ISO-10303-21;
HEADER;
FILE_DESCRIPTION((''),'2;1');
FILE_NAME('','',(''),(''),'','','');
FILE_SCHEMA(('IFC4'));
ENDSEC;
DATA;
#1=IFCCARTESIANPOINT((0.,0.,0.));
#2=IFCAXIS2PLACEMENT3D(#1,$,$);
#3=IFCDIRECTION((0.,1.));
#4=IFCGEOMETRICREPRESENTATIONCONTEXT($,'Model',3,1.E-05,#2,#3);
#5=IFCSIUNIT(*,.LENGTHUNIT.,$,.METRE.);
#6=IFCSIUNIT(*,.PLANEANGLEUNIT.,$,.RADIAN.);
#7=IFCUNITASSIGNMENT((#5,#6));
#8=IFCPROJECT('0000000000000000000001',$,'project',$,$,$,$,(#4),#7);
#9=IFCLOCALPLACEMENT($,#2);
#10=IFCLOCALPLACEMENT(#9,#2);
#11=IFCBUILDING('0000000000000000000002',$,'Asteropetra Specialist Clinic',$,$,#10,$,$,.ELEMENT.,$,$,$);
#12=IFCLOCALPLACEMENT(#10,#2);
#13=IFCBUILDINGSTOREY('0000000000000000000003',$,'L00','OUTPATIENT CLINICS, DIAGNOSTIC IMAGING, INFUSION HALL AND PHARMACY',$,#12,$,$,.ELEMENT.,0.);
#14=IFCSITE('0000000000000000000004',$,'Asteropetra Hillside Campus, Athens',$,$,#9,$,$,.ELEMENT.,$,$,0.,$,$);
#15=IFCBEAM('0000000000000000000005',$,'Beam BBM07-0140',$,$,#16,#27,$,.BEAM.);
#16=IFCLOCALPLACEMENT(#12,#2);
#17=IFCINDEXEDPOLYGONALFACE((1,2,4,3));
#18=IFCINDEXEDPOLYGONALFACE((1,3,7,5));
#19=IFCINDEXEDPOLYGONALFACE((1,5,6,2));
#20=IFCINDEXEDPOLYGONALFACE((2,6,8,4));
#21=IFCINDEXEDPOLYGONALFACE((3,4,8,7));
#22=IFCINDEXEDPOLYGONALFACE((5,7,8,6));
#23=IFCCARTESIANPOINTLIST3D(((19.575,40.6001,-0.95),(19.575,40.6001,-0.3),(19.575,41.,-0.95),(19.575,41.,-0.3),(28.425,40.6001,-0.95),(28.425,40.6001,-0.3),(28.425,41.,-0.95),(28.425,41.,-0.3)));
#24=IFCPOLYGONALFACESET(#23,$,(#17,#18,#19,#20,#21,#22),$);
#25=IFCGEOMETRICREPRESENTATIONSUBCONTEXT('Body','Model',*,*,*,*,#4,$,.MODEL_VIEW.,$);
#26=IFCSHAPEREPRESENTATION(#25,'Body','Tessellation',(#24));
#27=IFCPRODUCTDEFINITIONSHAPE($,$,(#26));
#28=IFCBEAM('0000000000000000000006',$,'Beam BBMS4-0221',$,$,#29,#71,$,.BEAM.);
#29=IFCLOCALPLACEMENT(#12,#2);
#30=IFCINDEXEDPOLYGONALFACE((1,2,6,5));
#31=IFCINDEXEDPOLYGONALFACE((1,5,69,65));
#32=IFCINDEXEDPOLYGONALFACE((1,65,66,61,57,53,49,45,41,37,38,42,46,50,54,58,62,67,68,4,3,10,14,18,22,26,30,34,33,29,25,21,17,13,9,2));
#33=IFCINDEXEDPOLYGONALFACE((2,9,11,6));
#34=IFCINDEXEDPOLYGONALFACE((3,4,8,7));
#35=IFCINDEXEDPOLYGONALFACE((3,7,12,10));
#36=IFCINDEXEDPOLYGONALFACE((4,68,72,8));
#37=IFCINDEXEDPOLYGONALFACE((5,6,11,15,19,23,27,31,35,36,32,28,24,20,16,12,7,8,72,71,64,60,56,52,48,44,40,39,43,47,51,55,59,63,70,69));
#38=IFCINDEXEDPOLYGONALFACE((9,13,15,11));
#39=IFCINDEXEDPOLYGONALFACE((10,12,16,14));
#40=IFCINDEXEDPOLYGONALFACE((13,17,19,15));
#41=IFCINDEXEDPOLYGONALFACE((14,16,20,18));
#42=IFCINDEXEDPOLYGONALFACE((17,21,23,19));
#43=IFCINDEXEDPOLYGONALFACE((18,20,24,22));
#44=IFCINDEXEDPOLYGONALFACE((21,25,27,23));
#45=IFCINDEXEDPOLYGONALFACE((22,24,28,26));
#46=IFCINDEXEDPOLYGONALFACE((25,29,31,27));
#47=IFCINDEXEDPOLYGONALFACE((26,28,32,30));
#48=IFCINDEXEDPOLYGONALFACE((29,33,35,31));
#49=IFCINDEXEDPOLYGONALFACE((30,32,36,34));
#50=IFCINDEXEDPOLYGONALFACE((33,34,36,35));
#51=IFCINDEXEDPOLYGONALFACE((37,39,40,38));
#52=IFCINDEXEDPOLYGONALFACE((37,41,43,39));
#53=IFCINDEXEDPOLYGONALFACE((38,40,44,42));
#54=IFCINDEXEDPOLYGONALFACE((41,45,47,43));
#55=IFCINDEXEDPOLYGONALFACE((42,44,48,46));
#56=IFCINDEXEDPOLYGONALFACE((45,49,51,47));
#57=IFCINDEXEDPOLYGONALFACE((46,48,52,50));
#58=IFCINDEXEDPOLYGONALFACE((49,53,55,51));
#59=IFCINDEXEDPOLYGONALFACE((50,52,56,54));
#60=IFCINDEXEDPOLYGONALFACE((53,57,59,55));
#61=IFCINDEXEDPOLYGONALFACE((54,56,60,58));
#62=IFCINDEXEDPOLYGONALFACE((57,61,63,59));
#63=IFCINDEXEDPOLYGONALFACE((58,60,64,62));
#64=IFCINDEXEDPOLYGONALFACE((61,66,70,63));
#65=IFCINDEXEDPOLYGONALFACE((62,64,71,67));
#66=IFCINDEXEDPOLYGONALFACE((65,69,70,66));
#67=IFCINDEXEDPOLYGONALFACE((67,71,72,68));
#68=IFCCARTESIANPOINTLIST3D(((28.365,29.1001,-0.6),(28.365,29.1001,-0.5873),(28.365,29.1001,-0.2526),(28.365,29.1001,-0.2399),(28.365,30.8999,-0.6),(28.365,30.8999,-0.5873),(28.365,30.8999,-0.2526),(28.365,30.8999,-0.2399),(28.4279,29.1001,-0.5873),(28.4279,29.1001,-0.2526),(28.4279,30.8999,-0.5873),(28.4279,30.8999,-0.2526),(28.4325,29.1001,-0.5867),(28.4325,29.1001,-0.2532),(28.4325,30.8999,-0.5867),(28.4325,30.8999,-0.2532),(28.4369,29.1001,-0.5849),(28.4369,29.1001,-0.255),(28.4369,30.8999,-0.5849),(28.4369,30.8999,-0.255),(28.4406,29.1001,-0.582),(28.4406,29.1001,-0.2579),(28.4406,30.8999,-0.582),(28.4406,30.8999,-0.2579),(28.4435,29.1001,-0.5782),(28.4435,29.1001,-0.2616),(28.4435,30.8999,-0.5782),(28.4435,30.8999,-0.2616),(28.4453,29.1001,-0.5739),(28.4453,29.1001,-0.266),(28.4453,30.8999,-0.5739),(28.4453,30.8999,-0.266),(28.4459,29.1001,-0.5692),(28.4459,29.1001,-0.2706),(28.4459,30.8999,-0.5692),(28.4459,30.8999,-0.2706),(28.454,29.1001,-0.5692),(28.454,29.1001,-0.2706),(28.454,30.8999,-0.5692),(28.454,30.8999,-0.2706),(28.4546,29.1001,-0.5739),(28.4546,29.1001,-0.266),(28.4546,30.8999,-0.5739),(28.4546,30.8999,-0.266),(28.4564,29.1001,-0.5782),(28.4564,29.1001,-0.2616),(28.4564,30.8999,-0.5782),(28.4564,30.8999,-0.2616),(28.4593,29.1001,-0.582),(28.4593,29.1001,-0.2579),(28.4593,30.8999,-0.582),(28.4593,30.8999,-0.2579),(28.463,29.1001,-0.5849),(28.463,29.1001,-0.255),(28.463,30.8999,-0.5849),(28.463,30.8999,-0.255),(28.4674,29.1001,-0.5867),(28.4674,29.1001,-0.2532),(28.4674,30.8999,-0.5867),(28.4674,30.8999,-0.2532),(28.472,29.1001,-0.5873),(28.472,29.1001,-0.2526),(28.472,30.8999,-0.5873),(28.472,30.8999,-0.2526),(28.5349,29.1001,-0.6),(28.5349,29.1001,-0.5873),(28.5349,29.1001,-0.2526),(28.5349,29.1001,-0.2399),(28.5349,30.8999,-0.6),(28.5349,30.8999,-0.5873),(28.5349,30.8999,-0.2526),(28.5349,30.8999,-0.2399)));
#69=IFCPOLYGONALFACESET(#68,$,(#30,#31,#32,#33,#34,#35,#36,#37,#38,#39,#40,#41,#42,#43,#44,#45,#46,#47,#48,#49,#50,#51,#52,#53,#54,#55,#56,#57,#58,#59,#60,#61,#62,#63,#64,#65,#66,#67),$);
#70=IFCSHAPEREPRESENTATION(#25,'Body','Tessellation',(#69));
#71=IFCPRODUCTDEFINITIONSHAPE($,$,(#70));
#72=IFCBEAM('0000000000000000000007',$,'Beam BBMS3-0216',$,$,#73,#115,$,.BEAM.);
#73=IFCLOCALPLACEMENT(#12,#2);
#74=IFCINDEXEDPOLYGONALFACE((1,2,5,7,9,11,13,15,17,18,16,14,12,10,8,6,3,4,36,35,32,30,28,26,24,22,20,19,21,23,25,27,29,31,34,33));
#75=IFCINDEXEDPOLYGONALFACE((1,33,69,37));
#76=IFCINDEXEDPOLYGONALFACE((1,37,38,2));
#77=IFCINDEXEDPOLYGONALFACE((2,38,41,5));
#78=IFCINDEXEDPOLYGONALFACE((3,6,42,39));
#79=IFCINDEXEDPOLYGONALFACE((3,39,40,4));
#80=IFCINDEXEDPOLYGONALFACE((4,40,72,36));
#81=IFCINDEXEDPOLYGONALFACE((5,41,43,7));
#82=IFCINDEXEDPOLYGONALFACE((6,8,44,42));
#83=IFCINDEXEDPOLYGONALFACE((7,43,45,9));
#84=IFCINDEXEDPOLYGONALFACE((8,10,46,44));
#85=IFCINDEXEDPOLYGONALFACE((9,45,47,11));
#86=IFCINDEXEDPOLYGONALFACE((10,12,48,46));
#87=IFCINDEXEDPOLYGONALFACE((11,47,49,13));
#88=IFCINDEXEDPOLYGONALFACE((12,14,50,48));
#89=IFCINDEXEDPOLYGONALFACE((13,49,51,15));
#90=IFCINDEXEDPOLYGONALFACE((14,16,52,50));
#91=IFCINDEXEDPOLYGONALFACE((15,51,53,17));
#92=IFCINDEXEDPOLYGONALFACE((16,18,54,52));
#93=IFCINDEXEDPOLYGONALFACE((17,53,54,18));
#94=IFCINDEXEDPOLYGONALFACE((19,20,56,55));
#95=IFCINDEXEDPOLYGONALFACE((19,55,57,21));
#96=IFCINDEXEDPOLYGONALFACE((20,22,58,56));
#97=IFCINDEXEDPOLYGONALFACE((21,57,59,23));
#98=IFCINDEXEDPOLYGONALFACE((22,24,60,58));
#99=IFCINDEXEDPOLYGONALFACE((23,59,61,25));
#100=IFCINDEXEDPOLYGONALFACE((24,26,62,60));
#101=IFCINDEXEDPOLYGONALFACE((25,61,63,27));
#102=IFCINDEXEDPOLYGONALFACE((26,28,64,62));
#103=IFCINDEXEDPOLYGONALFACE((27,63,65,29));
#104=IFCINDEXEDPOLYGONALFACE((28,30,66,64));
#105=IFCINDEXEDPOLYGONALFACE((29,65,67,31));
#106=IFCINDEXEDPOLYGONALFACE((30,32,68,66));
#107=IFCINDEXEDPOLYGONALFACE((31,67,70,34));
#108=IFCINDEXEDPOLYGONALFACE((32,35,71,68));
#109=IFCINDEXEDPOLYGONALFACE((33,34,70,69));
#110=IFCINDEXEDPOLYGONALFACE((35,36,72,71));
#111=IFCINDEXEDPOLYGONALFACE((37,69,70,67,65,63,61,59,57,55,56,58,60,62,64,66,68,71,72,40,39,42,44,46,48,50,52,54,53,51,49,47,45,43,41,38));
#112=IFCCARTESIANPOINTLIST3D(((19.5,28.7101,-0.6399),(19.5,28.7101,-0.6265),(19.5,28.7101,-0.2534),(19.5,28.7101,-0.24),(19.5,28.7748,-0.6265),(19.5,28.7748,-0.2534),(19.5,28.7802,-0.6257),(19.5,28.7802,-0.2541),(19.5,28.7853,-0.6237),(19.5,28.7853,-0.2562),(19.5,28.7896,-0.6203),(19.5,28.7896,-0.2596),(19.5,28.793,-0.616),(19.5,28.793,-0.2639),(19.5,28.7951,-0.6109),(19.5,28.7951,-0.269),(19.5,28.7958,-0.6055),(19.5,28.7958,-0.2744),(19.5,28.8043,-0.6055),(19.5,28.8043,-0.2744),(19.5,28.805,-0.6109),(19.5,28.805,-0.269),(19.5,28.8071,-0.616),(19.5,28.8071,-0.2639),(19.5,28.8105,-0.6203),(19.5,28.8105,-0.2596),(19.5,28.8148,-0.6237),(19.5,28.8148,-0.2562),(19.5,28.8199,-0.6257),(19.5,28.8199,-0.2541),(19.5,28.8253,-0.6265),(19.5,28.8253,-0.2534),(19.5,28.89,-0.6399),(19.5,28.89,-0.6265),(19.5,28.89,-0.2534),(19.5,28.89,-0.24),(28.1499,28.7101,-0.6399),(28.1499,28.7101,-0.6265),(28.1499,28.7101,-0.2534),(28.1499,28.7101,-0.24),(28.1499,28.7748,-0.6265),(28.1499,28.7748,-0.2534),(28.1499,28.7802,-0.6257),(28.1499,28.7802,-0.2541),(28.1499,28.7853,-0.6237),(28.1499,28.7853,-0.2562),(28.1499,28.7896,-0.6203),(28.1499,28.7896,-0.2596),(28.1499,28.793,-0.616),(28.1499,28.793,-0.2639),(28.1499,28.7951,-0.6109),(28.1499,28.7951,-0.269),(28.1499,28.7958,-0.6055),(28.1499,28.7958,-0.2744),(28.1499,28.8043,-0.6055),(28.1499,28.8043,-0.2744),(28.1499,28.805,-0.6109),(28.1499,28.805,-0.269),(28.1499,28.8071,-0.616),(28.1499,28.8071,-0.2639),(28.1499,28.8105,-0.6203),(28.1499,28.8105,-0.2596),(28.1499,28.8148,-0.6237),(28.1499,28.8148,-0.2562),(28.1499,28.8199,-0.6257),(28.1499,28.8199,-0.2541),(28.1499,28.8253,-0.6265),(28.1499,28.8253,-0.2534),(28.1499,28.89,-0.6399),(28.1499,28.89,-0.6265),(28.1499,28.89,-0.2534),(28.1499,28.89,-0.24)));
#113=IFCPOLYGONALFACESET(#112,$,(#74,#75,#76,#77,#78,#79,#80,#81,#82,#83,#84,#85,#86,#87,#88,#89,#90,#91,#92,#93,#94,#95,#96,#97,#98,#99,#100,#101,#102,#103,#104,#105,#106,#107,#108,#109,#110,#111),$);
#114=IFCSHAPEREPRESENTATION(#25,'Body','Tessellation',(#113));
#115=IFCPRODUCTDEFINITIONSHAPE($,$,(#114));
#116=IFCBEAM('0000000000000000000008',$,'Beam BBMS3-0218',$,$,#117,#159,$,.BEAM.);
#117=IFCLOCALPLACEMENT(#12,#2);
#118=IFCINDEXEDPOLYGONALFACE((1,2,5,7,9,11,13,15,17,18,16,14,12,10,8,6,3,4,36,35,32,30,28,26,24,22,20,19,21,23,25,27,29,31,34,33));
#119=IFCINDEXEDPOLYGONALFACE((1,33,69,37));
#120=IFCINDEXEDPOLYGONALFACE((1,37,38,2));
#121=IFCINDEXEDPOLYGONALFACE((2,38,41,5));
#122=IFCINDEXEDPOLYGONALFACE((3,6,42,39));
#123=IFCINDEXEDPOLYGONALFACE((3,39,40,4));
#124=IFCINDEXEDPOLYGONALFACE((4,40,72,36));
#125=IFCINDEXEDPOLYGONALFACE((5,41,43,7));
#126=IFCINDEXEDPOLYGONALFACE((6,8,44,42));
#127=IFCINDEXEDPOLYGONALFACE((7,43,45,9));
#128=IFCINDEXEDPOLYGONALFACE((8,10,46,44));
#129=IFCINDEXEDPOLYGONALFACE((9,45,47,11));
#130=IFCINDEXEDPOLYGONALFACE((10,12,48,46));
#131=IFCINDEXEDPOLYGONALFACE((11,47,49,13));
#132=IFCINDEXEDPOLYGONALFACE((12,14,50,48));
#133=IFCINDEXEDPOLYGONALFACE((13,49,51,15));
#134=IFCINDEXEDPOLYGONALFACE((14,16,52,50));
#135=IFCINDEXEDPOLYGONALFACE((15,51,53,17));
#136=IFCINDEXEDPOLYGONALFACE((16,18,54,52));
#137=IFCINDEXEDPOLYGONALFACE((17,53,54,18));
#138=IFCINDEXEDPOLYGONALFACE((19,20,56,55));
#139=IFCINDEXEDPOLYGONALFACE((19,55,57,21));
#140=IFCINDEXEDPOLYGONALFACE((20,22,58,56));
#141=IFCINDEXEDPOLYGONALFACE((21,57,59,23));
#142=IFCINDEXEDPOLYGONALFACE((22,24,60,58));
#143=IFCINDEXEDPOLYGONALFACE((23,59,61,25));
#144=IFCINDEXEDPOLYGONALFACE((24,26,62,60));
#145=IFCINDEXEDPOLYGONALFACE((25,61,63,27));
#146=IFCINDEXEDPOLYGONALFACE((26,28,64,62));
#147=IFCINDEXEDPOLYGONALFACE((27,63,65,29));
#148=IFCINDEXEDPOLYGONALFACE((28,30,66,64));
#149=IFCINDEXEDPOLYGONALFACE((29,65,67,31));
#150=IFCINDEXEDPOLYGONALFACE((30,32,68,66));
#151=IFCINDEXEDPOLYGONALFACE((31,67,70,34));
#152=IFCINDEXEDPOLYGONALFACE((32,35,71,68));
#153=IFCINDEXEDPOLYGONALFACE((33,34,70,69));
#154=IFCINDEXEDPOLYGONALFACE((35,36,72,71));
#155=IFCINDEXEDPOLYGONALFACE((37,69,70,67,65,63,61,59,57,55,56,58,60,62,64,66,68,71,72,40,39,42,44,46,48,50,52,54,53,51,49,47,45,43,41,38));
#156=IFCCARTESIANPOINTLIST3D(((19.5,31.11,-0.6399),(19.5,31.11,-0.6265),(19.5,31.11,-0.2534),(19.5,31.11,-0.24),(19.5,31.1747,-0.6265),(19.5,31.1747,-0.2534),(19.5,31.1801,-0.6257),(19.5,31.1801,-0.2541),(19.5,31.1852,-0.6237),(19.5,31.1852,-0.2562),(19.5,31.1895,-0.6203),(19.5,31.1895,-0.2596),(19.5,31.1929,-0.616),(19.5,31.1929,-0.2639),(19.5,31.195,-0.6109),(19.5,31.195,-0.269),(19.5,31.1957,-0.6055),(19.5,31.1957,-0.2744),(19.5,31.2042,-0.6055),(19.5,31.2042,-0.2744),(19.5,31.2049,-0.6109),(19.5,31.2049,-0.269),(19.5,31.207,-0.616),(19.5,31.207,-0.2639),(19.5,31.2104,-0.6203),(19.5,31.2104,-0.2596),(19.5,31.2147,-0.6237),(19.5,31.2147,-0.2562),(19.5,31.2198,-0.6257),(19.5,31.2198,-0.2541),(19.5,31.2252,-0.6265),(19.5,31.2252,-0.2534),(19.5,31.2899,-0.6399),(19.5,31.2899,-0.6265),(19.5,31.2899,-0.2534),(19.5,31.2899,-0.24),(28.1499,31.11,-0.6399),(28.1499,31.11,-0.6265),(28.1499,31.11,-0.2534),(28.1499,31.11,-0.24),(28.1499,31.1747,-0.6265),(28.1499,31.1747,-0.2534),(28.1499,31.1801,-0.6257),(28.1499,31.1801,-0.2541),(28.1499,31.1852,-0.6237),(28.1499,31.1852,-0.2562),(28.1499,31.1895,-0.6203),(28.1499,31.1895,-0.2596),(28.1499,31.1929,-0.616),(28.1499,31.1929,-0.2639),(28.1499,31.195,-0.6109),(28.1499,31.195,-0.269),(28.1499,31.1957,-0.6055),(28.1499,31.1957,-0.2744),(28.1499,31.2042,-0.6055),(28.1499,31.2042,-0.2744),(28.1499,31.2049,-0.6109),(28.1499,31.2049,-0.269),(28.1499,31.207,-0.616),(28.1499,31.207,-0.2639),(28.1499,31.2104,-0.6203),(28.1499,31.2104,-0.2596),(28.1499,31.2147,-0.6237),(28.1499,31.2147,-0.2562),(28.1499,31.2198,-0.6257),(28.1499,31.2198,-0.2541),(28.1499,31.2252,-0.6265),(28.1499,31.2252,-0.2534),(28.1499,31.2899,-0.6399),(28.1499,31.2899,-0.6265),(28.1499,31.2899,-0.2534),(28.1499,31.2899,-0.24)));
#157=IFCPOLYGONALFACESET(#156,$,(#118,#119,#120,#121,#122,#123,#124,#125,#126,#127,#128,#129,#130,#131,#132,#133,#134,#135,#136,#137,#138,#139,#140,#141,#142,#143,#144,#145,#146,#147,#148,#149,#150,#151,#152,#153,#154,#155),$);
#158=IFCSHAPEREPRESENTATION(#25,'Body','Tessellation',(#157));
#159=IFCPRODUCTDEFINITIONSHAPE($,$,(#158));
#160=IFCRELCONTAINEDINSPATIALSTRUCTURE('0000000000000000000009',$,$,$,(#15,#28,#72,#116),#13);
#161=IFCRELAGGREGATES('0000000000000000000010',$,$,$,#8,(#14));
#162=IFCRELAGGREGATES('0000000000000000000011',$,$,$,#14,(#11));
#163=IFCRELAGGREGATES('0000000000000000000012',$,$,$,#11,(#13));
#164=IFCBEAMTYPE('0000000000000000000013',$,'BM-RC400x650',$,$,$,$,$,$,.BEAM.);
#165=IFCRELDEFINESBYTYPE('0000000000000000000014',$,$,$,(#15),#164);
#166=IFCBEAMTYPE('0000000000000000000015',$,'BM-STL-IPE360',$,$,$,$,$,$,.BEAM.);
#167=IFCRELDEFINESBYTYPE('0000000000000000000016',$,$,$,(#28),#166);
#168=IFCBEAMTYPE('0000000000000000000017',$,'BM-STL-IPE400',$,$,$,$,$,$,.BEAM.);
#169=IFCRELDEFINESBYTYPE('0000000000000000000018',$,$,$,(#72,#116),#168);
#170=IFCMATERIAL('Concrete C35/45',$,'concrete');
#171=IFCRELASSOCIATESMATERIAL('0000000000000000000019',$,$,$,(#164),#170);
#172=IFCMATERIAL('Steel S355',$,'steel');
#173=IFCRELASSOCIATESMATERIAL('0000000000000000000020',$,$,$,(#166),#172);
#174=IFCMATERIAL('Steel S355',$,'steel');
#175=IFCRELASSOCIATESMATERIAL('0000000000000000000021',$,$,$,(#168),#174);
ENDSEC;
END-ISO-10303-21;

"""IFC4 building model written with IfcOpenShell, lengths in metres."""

from ifc_helpers import new_model, si_unit, direction, frame, origin, origin_2d, place, context, subcontext, project, spatial, rectangle, i_section, extrude, material, material_profile, profile_set, type_object, element, save


model = new_model("IFC4")

# Units and contexts
model_context = context("Model", 3, precision=1e-05, world=origin(), true_north=direction((0.0, 1.0)))
body_context = subcontext(model_context, "Body", "Model", "MODEL_VIEW")
ifc_project = project(units=[si_unit("LENGTHUNIT", "METRE"), si_unit("PLANEANGLEUNIT", "RADIAN")], contexts=[model_context])

# Site, building, storey
site_placement = place(None, origin())
site = spatial("IfcSite", under=ifc_project, at=site_placement, Name="Asteropetra Hillside Campus, Athens", CompositionType="ELEMENT", RefElevation=0.0)
building_placement = place(site_placement, origin())
building = spatial("IfcBuilding", under=site, at=building_placement, Name="Asteropetra Specialist Clinic", CompositionType="ELEMENT")
storey_placement = place(building_placement, origin())
storey = spatial("IfcBuildingStorey", under=building, at=storey_placement, Name="L00", Description="OUTPATIENT CLINICS, DIAGNOSTIC IMAGING, INFUSION HALL AND PHARMACY", CompositionType="ELEMENT", Elevation=0.0)

# Beams
ifc_material_1 = material(Name="Concrete C35/45", Category="concrete")
ifc_material_profile_1 = material_profile(ifc_material_1, rectangle(XDim=0.3999, YDim=0.6499, at=origin_2d()), Name="RCB 400x650")
ifc_profile_set_1 = profile_set([ifc_material_profile_1], Name="Concrete C35/45")
beam_type_1 = type_object("IfcBeamType", Name="BM-RC400x650", PredefinedType="BEAM", material=ifc_profile_set_1)
beam_1_placement = place(storey_placement, frame((19.575, 40.8, -0.625), z_axis=(1.0, 0.0, 0.0), x_axis=(0.0, 1.0, 0.0)))
element("IfcBeam", 1, at=beam_1_placement, inside=storey, type_object=beam_type_1, Name="Beam BBM07-0140", PredefinedType="BEAM", context=body_context, shape_type="SweptSolid", body=[
    extrude(rectangle(XDim=0.3999, YDim=0.6499, at=origin_2d()), origin(), (0.0, 0.0, 1.0), 8.8501),
])
ifc_material_2 = material(Name="Steel S355", Category="steel")
ifc_material_profile_2 = material_profile(ifc_material_2, i_section(OverallWidth=0.1699, OverallDepth=0.3601, WebThickness=0.0081, FlangeThickness=0.0127, FilletRadius=0.0181, at=origin_2d()), Name="IPE 360")
ifc_profile_set_2 = profile_set([ifc_material_profile_2], Name="Steel S355")
beam_type_2 = type_object("IfcBeamType", Name="BM-STL-IPE360", PredefinedType="BEAM", material=ifc_profile_set_2)
beam_2_placement = place(storey_placement, frame((28.45, 29.1001, -0.4199), z_axis=(0.0, 1.0, 0.0), x_axis=(-1.0, 0.0, 0.0)))
element("IfcBeam", 2, at=beam_2_placement, inside=storey, type_object=beam_type_2, Name="Beam BBMS4-0221", PredefinedType="BEAM", context=body_context, shape_type="SweptSolid", body=[
    extrude(i_section(OverallWidth=0.1699, OverallDepth=0.3601, WebThickness=0.0081, FlangeThickness=0.0127, FilletRadius=0.0181, at=origin_2d()), origin(), (0.0, 0.0, 1.0), 1.7998),
])
ifc_material_3 = material(Name="Steel S355", Category="steel")
ifc_material_profile_3 = material_profile(ifc_material_3, i_section(OverallWidth=0.1799, OverallDepth=0.3999, WebThickness=0.0085, FlangeThickness=0.0134, FilletRadius=0.021, at=origin_2d()), Name="IPE 400")
ifc_profile_set_3 = profile_set([ifc_material_profile_3], Name="Steel S355")
beam_type_3 = type_object("IfcBeamType", Name="BM-STL-IPE400", PredefinedType="BEAM", material=ifc_profile_set_3)
for number, where, z_axis, x_axis, name in (
    (3, (19.5, 28.8, -0.4399), (1.0, 0.0, 0.0), (0.0, 1.0, 0.0), "Beam BBMS3-0216"),
    (4, (19.5, 31.2, -0.4399), (1.0, 0.0, 0.0), (0.0, 1.0, 0.0), "Beam BBMS3-0218"),
):
    element("IfcBeam", number, at=place(storey_placement, frame(where, z_axis=z_axis, x_axis=x_axis)), inside=storey, type_object=beam_type_3, Name=name, PredefinedType="BEAM", context=body_context, shape_type="SweptSolid", body=[
        extrude(i_section(OverallWidth=0.1799, OverallDepth=0.3999, WebThickness=0.0085, FlangeThickness=0.0134, FilletRadius=0.021, at=origin_2d()), origin(), (0.0, 0.0, 1.0), 8.6499),
    ])

save(model, "model.ifc")
